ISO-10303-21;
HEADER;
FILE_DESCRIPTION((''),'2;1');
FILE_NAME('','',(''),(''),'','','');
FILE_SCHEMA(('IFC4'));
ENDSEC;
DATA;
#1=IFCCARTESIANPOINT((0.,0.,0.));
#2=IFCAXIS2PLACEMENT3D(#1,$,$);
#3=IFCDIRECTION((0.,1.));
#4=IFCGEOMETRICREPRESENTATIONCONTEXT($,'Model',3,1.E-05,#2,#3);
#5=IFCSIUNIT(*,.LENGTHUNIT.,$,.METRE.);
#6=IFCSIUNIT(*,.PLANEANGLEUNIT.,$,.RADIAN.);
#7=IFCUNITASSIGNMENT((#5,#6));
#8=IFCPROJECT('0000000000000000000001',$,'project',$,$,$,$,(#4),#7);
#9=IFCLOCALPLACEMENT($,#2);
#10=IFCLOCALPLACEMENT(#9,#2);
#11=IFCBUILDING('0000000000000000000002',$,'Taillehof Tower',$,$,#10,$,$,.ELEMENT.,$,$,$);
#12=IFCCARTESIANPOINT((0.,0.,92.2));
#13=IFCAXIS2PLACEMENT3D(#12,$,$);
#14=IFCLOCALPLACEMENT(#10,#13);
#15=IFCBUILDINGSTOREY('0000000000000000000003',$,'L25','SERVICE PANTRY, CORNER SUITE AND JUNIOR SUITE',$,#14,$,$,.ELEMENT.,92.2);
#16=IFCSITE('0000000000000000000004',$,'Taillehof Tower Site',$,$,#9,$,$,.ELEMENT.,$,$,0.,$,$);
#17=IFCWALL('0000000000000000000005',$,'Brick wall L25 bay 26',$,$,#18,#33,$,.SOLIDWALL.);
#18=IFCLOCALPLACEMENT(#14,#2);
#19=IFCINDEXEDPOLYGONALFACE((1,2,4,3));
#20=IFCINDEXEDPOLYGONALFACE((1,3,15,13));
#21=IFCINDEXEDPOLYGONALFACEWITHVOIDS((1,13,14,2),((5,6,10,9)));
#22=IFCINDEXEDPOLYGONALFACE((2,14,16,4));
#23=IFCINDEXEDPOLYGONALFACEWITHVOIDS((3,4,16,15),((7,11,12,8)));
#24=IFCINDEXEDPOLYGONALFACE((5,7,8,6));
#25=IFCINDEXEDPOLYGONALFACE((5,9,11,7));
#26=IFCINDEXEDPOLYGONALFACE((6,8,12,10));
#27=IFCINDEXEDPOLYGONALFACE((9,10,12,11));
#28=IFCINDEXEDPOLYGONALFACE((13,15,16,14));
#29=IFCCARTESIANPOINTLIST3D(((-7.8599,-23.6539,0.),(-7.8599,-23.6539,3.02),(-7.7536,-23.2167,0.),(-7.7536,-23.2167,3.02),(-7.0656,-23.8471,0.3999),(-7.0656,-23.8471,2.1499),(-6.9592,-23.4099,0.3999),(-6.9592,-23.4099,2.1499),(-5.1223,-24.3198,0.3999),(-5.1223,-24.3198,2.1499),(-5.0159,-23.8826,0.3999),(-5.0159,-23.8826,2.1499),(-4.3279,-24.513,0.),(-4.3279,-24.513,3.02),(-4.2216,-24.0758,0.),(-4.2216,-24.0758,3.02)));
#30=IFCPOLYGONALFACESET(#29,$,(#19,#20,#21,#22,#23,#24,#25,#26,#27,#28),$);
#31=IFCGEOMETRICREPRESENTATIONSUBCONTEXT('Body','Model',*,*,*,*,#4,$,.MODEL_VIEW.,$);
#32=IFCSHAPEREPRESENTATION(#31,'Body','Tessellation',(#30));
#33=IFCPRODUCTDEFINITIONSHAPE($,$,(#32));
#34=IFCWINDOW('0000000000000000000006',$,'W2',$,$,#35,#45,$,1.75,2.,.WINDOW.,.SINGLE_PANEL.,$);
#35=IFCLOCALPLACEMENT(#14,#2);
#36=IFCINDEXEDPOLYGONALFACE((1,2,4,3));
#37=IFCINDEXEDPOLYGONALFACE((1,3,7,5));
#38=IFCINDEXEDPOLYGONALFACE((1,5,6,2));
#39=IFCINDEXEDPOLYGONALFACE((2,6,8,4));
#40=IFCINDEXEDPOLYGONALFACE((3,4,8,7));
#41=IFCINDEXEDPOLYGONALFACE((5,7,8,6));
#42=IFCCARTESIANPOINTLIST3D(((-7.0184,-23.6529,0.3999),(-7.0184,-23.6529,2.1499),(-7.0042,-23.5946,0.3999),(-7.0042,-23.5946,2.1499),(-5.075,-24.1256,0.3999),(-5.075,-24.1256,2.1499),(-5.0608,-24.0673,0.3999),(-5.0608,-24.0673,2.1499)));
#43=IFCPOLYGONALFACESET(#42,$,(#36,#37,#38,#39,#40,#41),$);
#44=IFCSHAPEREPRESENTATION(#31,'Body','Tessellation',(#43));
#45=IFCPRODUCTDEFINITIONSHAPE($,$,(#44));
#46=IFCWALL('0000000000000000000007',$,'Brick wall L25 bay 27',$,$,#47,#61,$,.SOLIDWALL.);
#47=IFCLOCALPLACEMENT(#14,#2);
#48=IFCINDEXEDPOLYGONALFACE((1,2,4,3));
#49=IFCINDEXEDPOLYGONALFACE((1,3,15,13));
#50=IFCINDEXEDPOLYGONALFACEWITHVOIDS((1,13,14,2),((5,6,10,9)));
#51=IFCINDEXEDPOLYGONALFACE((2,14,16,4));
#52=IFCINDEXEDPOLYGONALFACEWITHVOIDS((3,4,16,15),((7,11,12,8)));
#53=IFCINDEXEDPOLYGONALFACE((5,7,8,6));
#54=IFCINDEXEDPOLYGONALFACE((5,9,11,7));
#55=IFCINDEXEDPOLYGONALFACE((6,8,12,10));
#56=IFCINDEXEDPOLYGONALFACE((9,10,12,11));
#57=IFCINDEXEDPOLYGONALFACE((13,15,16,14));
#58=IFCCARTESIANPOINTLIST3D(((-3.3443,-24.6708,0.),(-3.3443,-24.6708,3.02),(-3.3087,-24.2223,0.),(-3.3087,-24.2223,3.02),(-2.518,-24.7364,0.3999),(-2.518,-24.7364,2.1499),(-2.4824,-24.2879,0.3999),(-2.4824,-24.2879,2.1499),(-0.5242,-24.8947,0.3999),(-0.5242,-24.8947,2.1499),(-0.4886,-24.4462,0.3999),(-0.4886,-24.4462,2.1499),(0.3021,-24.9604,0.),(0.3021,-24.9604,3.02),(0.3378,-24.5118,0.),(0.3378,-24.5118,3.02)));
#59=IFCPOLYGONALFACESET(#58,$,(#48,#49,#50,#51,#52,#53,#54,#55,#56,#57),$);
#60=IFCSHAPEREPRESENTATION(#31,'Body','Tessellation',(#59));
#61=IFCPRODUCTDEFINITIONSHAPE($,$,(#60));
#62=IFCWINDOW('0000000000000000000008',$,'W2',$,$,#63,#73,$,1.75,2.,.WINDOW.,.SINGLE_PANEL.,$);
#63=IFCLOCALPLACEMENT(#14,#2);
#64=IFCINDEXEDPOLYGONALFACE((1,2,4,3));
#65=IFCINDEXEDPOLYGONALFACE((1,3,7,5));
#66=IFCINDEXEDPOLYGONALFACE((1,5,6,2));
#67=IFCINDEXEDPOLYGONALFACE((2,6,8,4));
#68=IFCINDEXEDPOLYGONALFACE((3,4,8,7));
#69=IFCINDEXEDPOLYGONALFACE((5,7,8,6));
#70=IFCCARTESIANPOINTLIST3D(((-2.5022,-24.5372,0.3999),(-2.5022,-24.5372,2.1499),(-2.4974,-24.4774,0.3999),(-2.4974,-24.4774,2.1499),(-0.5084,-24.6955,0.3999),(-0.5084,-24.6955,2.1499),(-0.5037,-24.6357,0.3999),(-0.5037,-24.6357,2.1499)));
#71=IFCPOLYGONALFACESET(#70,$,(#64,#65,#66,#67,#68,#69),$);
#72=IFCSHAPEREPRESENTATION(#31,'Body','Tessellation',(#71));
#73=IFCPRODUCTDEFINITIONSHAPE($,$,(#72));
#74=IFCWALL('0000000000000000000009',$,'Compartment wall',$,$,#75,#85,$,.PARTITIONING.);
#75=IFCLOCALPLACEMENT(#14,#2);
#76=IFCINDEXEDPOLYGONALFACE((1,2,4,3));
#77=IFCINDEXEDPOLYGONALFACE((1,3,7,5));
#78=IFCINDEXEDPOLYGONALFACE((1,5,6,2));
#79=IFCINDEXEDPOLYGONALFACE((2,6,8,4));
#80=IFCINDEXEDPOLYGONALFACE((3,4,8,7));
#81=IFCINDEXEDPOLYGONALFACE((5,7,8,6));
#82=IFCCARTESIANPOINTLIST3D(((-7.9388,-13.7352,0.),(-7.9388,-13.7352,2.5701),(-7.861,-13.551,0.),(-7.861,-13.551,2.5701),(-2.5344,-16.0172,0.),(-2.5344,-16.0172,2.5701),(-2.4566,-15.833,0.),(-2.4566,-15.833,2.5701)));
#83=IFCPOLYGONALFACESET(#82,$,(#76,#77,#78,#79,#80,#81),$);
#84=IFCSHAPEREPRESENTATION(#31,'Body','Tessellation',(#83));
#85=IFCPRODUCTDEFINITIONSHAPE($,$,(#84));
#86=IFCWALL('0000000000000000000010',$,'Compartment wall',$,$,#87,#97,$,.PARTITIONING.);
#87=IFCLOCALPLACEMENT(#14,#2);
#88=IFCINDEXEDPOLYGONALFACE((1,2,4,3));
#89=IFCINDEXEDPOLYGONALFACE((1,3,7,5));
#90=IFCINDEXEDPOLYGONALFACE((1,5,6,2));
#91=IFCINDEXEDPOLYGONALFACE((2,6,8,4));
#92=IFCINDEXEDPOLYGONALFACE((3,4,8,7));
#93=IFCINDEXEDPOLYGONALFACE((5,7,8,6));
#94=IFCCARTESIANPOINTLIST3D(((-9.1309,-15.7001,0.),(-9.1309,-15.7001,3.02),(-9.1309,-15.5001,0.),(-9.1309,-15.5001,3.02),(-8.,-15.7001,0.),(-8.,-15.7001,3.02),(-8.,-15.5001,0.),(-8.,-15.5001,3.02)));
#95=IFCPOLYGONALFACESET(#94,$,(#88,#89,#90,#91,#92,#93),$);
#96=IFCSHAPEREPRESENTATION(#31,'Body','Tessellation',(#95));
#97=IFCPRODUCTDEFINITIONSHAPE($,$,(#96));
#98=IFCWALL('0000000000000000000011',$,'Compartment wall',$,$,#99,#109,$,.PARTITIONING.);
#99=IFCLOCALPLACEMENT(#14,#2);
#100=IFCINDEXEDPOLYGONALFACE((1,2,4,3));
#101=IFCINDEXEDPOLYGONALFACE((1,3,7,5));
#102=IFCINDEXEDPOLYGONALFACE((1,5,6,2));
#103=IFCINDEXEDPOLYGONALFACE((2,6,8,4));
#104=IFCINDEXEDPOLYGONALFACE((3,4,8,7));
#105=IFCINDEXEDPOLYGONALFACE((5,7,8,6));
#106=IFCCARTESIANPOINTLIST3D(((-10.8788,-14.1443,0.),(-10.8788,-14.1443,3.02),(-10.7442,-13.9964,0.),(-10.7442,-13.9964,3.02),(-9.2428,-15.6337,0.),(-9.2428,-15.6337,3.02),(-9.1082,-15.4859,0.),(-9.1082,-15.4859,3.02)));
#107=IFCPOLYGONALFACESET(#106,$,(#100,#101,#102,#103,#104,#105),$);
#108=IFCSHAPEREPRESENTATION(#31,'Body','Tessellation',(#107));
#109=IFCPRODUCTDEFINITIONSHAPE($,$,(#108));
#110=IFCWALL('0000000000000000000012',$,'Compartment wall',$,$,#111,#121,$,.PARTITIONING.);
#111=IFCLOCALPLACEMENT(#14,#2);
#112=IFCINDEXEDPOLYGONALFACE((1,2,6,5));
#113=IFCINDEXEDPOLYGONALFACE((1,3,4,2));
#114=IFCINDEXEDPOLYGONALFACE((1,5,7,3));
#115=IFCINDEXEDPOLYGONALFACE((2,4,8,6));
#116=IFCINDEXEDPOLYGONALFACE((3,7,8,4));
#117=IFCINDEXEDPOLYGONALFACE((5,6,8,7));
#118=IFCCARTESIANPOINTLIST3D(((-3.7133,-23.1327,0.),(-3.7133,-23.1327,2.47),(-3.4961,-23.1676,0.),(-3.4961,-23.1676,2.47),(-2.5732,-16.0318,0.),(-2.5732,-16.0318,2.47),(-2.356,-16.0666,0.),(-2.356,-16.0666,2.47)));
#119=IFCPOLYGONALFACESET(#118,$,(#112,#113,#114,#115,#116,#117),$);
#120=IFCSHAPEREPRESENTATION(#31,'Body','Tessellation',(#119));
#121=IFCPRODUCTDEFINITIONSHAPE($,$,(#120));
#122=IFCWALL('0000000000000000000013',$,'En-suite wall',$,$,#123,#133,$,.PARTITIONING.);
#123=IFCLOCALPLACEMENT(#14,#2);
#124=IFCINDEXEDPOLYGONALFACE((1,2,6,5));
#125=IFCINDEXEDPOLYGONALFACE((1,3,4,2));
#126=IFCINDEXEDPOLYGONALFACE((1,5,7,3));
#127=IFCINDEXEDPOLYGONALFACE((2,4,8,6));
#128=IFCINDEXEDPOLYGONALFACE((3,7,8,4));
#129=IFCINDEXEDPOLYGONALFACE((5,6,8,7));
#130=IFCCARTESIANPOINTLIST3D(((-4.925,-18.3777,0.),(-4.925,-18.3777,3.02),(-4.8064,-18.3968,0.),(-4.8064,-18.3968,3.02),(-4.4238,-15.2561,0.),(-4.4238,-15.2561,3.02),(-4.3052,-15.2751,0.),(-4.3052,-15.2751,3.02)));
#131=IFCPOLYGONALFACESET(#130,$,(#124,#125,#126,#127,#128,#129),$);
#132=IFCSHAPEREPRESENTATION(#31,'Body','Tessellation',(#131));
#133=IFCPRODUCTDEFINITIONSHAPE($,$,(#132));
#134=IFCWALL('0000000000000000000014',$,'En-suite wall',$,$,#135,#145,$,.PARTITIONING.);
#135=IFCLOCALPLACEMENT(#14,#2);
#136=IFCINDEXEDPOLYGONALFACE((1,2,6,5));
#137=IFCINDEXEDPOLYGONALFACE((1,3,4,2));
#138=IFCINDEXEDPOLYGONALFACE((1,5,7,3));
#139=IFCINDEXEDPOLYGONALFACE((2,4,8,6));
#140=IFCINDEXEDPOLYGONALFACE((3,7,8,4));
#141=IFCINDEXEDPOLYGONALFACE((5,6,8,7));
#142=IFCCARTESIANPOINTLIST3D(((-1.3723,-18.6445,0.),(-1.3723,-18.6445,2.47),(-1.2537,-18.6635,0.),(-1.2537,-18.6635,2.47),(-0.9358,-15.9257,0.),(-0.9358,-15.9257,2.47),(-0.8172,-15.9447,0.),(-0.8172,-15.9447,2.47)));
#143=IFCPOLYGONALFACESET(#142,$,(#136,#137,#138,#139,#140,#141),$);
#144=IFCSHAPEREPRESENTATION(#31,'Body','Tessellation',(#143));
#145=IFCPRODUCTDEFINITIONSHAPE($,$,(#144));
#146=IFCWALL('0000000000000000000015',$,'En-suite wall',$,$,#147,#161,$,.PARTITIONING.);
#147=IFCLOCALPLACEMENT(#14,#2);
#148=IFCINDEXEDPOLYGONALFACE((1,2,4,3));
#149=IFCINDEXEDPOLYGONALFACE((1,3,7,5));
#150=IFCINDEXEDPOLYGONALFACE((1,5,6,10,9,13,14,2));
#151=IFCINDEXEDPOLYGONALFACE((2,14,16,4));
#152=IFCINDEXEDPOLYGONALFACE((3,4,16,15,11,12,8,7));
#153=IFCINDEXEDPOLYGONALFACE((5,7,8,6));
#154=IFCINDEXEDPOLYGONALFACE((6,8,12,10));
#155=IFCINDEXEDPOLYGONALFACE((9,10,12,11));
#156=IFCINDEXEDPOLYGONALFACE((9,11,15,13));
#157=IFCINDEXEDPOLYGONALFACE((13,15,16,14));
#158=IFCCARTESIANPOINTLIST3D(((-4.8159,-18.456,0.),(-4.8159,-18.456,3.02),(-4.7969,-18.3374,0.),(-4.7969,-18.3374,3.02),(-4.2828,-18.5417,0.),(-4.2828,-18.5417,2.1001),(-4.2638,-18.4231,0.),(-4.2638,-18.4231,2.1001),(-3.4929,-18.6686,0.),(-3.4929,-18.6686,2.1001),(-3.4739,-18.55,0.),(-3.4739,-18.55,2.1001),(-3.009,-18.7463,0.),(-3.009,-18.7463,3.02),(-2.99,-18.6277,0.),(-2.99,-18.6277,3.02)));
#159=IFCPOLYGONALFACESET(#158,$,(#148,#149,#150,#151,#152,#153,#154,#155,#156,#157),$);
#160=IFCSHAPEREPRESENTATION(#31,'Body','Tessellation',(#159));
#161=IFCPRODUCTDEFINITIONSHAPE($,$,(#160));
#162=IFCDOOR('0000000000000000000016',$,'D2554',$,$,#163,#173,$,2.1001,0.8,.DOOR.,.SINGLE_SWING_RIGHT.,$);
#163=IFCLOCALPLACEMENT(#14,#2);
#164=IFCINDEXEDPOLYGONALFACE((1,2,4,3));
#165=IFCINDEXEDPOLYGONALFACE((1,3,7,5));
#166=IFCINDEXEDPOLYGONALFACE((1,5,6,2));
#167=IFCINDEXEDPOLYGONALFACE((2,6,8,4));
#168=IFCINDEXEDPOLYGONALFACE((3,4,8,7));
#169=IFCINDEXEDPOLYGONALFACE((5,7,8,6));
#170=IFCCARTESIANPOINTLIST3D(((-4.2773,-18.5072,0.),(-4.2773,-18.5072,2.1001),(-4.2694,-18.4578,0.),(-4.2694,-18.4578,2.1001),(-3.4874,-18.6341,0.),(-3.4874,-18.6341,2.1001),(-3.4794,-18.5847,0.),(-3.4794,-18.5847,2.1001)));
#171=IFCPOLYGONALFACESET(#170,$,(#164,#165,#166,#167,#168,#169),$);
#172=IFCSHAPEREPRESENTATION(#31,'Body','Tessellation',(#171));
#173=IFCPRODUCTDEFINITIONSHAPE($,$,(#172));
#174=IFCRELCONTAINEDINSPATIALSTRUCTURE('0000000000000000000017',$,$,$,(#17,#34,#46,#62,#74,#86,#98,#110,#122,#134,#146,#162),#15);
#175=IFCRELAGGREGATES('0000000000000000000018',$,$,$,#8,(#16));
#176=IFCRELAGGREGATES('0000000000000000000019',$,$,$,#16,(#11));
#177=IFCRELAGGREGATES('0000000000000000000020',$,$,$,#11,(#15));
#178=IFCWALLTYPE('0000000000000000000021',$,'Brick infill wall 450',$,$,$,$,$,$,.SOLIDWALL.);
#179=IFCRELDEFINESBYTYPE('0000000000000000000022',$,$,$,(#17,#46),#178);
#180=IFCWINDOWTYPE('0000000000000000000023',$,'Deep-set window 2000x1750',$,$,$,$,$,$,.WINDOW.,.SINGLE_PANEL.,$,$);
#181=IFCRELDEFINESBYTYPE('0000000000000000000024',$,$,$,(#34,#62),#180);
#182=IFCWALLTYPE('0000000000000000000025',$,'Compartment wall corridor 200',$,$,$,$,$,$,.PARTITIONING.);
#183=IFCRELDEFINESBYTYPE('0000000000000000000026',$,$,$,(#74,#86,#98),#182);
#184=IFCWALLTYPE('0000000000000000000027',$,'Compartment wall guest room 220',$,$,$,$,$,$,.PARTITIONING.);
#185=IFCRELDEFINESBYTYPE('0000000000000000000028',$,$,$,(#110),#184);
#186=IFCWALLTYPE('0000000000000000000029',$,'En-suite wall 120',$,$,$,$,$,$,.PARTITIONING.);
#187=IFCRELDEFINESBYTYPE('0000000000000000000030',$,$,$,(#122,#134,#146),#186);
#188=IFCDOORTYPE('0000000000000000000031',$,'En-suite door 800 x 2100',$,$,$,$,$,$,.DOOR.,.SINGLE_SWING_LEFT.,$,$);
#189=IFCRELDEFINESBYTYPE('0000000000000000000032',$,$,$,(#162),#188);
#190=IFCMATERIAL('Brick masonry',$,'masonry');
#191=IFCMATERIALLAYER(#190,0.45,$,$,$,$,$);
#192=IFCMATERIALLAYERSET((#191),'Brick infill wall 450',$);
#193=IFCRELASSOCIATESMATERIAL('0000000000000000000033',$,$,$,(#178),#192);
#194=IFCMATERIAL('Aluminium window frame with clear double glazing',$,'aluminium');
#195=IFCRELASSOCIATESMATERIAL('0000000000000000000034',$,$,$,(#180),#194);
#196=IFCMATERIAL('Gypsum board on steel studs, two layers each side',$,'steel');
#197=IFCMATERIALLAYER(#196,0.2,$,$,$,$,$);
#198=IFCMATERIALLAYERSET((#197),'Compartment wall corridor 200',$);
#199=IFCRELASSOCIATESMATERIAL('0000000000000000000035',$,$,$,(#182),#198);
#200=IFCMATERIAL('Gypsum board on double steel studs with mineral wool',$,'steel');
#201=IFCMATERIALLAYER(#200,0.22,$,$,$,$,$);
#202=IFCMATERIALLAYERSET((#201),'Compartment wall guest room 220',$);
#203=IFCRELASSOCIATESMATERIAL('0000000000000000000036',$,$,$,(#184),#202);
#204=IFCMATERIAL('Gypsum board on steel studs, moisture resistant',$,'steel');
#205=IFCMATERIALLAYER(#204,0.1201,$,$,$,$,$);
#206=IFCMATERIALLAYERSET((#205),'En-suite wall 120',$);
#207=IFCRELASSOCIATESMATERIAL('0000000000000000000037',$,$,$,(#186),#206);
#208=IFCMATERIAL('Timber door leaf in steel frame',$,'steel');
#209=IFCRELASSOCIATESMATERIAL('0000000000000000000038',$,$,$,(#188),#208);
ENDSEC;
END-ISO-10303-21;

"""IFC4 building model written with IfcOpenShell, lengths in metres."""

from ifc_helpers import new_model, si_unit, direction, frame, frame_2d, origin, place, context, subcontext, project, spatial, rectangle, extrude, material, layer, layer_set, type_object, element, fill, save


model = new_model("IFC4")

# Units and contexts
model_context = context("Model", 3, precision=1e-05, world=origin(), true_north=direction((0.0, 1.0)))
body_context = subcontext(model_context, "Body", "Model", "MODEL_VIEW")
ifc_project = project(units=[si_unit("LENGTHUNIT", "METRE"), si_unit("PLANEANGLEUNIT", "RADIAN")], contexts=[model_context])

# Site, building, storey
site_placement = place(None, origin())
site = spatial("IfcSite", under=ifc_project, at=site_placement, Name="Taillehof Tower Site", CompositionType="ELEMENT", RefElevation=0.0)
building_placement = place(site_placement, origin())
building = spatial("IfcBuilding", under=site, at=building_placement, Name="Taillehof Tower", CompositionType="ELEMENT")
storey_placement = place(building_placement, frame((0.0, 0.0, 92.2)))
storey = spatial("IfcBuildingStorey", under=building, at=storey_placement, Name="L25", Description="SERVICE PANTRY, CORNER SUITE AND JUNIOR SUITE", CompositionType="ELEMENT", Elevation=92.2)

# Walls, openings, windows
ifc_material_1 = material(Name="Brick masonry", Category="masonry")
ifc_layer_1 = layer(ifc_material_1, 0.45)
ifc_layer_set_1 = layer_set([ifc_layer_1], Name="Brick infill wall 450")
wall_type_1 = type_object("IfcWallType", Name="Brick infill wall 450", PredefinedType="SOLIDWALL", material=ifc_layer_set_1)
ifc_material_2 = material(Name="Aluminium window frame with clear double glazing", Category="aluminium")
window_type = type_object("IfcWindowType", Name="Deep-set window 2000x1750", PartitioningType="SINGLE_PANEL", PredefinedType="WINDOW", material=ifc_material_2)
wall_1_placement = place(storey_placement, frame((-7.8066, -23.4353, 0.0), z_axis=(0.0, 0.0, 1.0), x_axis=(0.971668, -0.236352, 0.0)))
wall_1 = element("IfcWall", 1, at=wall_1_placement, inside=storey, type_object=wall_type_1, Name="Brick wall L25 bay 26", PredefinedType="SOLIDWALL", context=body_context, shape_type="SweptSolid", body=[
    extrude(rectangle(XDim=3.635, YDim=0.45, at=frame_2d((1.8174, 0.0))), origin(), (0.0, 0.0, 1.0), 3.02),
])
opening_1_placement = place(wall_1_placement, frame((0.8174, 0.0, 0.3999)))
opening_1 = element("IfcOpeningElement", 2, at=opening_1_placement, cuts=wall_1, PredefinedType="OPENING", context=body_context, shape_type="SweptSolid", body=[
    extrude(rectangle(XDim=2.0, YDim=1.75, at=frame_2d((1.0, 0.875))), frame((0.0, 0.2349, 0.0), z_axis=(0.0, -1.0, 0.0), x_axis=(1.0, 0.0, 0.0)), (0.0, 0.0, 1.0), 0.47),
])
window_1_placement = place(opening_1_placement, origin())
window_1 = element("IfcWindow", 3, at=window_1_placement, inside=storey, type_object=window_type, Name="W2", OverallHeight=1.75, OverallWidth=2.0, PartitioningType="SINGLE_PANEL", PredefinedType="WINDOW", context=body_context, shape_type="SweptSolid", body=[
    extrude(rectangle(XDim=2.0, YDim=1.75, at=frame_2d((1.0, 0.875))), frame((0.0, 0.0349, 0.0), z_axis=(0.0, -1.0, 0.0), x_axis=(1.0, 0.0, 0.0)), (0.0, 0.0, 1.0), 0.0601),
])
fill(opening_1, window_1)
wall_2_placement = place(storey_placement, frame((-3.3267, -24.4465, 0.0), z_axis=(0.0, 0.0, 1.0), x_axis=(0.996862, -0.079156, 0.0)))
wall_2 = element("IfcWall", 4, at=wall_2_placement, inside=storey, type_object=wall_type_1, Name="Brick wall L25 bay 27", PredefinedType="SOLIDWALL", context=body_context, shape_type="SweptSolid", body=[
    extrude(rectangle(XDim=3.658, YDim=0.45, at=frame_2d((1.8291, 0.0))), origin(), (0.0, 0.0, 1.0), 3.02),
])
opening_2_placement = place(wall_2_placement, frame((0.8291, 0.0, 0.3999)))
opening_2 = element("IfcOpeningElement", 5, at=opening_2_placement, cuts=wall_2, PredefinedType="OPENING", context=body_context, shape_type="SweptSolid", body=[
    extrude(rectangle(XDim=2.0, YDim=1.75, at=frame_2d((1.0, 0.875))), frame((0.0, 0.2349, 0.0), z_axis=(0.0, -1.0, 0.0), x_axis=(1.0, 0.0, 0.0)), (0.0, 0.0, 1.0), 0.47),
])
window_2_placement = place(opening_2_placement, origin())
window_2 = element("IfcWindow", 6, at=window_2_placement, inside=storey, type_object=window_type, Name="W2", OverallHeight=1.75, OverallWidth=2.0, PartitioningType="SINGLE_PANEL", PredefinedType="WINDOW", context=body_context, shape_type="SweptSolid", body=[
    extrude(rectangle(XDim=2.0, YDim=1.75, at=frame_2d((1.0, 0.875))), frame((0.0, 0.0349, 0.0), z_axis=(0.0, -1.0, 0.0), x_axis=(1.0, 0.0, 0.0)), (0.0, 0.0, 1.0), 0.0601),
])
fill(opening_2, window_2)

# Walls
ifc_material_3 = material(Name="Gypsum board on steel studs, two layers each side", Category="steel")
ifc_layer_2 = layer(ifc_material_3, 0.2)
ifc_layer_set_2 = layer_set([ifc_layer_2], Name="Compartment wall corridor 200")
wall_type_2 = type_object("IfcWallType", Name="Compartment wall corridor 200", PredefinedType="PARTITIONING", material=ifc_layer_set_2)
wall_3_placement = place(storey_placement, frame((-2.4956, -15.925, 0.0), z_axis=(0.0, 0.0, 1.0), x_axis=(-0.921239, 0.388996, 0.0)))
element("IfcWall", 7, at=wall_3_placement, inside=storey, type_object=wall_type_2, Name="Compartment wall", PredefinedType="PARTITIONING", context=body_context, shape_type="SweptSolid", body=[
    extrude(rectangle(XDim=5.8665, YDim=0.2, at=frame_2d((2.9331, 0.0))), origin(), (0.0, 0.0, 1.0), 2.5701),
])
wall_4_placement = place(storey_placement, frame((-8.0, -15.6001, 0.0), z_axis=(0.0, 0.0, 1.0), x_axis=(-1.0, 0.0, 0.0)))
element("IfcWall", 8, at=wall_4_placement, inside=storey, type_object=wall_type_2, Name="Compartment wall", PredefinedType="PARTITIONING", context=body_context, shape_type="SweptSolid", body=[
    extrude(rectangle(XDim=1.1309, YDim=0.2, at=frame_2d((0.5654, 0.0))), origin(), (0.0, 0.0, 1.0), 3.02),
])
wall_5_placement = place(storey_placement, frame((-9.1755, -15.5598, 0.0), z_axis=(0.0, 0.0, 1.0), x_axis=(-0.739436, 0.673227, 0.0)))
element("IfcWall", 9, at=wall_5_placement, inside=storey, type_object=wall_type_2, Name="Compartment wall", PredefinedType="PARTITIONING", context=body_context, shape_type="SweptSolid", body=[
    extrude(rectangle(XDim=2.2124, YDim=0.2, at=frame_2d((1.1062, 0.0))), origin(), (0.0, 0.0, 1.0), 3.02),
])
ifc_material_4 = material(Name="Gypsum board on double steel studs with mineral wool", Category="steel")
ifc_layer_3 = layer(ifc_material_4, 0.22)
ifc_layer_set_3 = layer_set([ifc_layer_3], Name="Compartment wall guest room 220")
wall_type_3 = type_object("IfcWallType", Name="Compartment wall guest room 220", PredefinedType="PARTITIONING", material=ifc_layer_set_3)
wall_6_placement = place(storey_placement, frame((-3.6047, -23.1501, 0.0), z_axis=(0.0, 0.0, 1.0), x_axis=(0.158533, 0.987354, 0.0)))
element("IfcWall", 10, at=wall_6_placement, inside=storey, type_object=wall_type_3, Name="Compartment wall", PredefinedType="PARTITIONING", context=body_context, shape_type="SweptSolid", body=[
    extrude(rectangle(XDim=7.1919, YDim=0.22, at=frame_2d((3.5959, 0.0))), origin(), (0.0, 0.0, 1.0), 2.47),
])
ifc_material_5 = material(Name="Gypsum board on steel studs, moisture resistant", Category="steel")
ifc_layer_4 = layer(ifc_material_5, 0.1201)
ifc_layer_set_4 = layer_set([ifc_layer_4], Name="En-suite wall 120")
wall_type_4 = type_object("IfcWallType", Name="En-suite wall 120", PredefinedType="PARTITIONING", material=ifc_layer_set_4)
wall_7_placement = place(storey_placement, frame((-4.3645, -15.2656, 0.0), z_axis=(0.0, 0.0, 1.0), x_axis=(-0.158536, -0.987353, 0.0)))
element("IfcWall", 11, at=wall_7_placement, inside=storey, type_object=wall_type_4, Name="En-suite wall", PredefinedType="PARTITIONING", context=body_context, shape_type="SweptSolid", body=[
    extrude(rectangle(XDim=3.1616, YDim=0.1201, at=frame_2d((1.5808, 0.0))), origin(), (0.0, 0.0, 1.0), 3.02),
])
wall_8_placement = place(storey_placement, frame((-0.8765, -15.9351, 0.0), z_axis=(0.0, 0.0, 1.0), x_axis=(-0.15853, -0.987354, 0.0)))
element("IfcWall", 12, at=wall_8_placement, inside=storey, type_object=wall_type_4, Name="En-suite wall", PredefinedType="PARTITIONING", context=body_context, shape_type="SweptSolid", body=[
    extrude(rectangle(XDim=2.7537, YDim=0.1201, at=frame_2d((1.377, 0.0))), origin(), (0.0, 0.0, 1.0), 2.47),
])

# Wall, opening, door
wall_9_placement = place(storey_placement, frame((-4.8064, -18.3967, 0.0), z_axis=(0.0, 0.0, 1.0), x_axis=(0.98734, -0.15862, 0.0)))
wall_9 = element("IfcWall", 13, at=wall_9_placement, inside=storey, type_object=wall_type_4, Name="En-suite wall", PredefinedType="PARTITIONING", context=body_context, shape_type="SweptSolid", body=[
    extrude(rectangle(XDim=1.8301, YDim=0.1201, at=frame_2d((0.915, 0.0))), origin(), (0.0, 0.0, 1.0), 3.02),
])
opening_3_placement = place(wall_9_placement, frame((0.54, 0.0, 0.0)))
opening_3 = element("IfcOpeningElement", 14, at=opening_3_placement, cuts=wall_9, PredefinedType="OPENING", context=body_context, shape_type="SweptSolid", body=[
    extrude(rectangle(XDim=0.8, YDim=2.1001, at=frame_2d((0.3999, 1.05))), frame((0.0, 0.0701, 0.0), z_axis=(0.0, -1.0, 0.0), x_axis=(1.0, 0.0, 0.0)), (0.0, 0.0, 1.0), 0.1401),
])
ifc_material_6 = material(Name="Timber door leaf in steel frame", Category="steel")
door_type = type_object("IfcDoorType", Name="En-suite door 800 x 2100", OperationType="SINGLE_SWING_LEFT", PredefinedType="DOOR", material=ifc_material_6)
door_1_placement = place(opening_3_placement, origin())
door_1 = element("IfcDoor", 15, at=door_1_placement, inside=storey, type_object=door_type, Name="D2554", OperationType="SINGLE_SWING_RIGHT", OverallHeight=2.1001, OverallWidth=0.8, PredefinedType="DOOR", context=body_context, shape_type="SweptSolid", body=[
    extrude(rectangle(XDim=0.8, YDim=2.1001, at=frame_2d((0.3999, 1.05))), frame((0.0, 0.0249, 0.0), z_axis=(0.0, -1.0, 0.0), x_axis=(1.0, 0.0, 0.0)), (0.0, 0.0, 1.0), 0.05),
])
fill(opening_3, door_1)

save(model, "model.ifc")
